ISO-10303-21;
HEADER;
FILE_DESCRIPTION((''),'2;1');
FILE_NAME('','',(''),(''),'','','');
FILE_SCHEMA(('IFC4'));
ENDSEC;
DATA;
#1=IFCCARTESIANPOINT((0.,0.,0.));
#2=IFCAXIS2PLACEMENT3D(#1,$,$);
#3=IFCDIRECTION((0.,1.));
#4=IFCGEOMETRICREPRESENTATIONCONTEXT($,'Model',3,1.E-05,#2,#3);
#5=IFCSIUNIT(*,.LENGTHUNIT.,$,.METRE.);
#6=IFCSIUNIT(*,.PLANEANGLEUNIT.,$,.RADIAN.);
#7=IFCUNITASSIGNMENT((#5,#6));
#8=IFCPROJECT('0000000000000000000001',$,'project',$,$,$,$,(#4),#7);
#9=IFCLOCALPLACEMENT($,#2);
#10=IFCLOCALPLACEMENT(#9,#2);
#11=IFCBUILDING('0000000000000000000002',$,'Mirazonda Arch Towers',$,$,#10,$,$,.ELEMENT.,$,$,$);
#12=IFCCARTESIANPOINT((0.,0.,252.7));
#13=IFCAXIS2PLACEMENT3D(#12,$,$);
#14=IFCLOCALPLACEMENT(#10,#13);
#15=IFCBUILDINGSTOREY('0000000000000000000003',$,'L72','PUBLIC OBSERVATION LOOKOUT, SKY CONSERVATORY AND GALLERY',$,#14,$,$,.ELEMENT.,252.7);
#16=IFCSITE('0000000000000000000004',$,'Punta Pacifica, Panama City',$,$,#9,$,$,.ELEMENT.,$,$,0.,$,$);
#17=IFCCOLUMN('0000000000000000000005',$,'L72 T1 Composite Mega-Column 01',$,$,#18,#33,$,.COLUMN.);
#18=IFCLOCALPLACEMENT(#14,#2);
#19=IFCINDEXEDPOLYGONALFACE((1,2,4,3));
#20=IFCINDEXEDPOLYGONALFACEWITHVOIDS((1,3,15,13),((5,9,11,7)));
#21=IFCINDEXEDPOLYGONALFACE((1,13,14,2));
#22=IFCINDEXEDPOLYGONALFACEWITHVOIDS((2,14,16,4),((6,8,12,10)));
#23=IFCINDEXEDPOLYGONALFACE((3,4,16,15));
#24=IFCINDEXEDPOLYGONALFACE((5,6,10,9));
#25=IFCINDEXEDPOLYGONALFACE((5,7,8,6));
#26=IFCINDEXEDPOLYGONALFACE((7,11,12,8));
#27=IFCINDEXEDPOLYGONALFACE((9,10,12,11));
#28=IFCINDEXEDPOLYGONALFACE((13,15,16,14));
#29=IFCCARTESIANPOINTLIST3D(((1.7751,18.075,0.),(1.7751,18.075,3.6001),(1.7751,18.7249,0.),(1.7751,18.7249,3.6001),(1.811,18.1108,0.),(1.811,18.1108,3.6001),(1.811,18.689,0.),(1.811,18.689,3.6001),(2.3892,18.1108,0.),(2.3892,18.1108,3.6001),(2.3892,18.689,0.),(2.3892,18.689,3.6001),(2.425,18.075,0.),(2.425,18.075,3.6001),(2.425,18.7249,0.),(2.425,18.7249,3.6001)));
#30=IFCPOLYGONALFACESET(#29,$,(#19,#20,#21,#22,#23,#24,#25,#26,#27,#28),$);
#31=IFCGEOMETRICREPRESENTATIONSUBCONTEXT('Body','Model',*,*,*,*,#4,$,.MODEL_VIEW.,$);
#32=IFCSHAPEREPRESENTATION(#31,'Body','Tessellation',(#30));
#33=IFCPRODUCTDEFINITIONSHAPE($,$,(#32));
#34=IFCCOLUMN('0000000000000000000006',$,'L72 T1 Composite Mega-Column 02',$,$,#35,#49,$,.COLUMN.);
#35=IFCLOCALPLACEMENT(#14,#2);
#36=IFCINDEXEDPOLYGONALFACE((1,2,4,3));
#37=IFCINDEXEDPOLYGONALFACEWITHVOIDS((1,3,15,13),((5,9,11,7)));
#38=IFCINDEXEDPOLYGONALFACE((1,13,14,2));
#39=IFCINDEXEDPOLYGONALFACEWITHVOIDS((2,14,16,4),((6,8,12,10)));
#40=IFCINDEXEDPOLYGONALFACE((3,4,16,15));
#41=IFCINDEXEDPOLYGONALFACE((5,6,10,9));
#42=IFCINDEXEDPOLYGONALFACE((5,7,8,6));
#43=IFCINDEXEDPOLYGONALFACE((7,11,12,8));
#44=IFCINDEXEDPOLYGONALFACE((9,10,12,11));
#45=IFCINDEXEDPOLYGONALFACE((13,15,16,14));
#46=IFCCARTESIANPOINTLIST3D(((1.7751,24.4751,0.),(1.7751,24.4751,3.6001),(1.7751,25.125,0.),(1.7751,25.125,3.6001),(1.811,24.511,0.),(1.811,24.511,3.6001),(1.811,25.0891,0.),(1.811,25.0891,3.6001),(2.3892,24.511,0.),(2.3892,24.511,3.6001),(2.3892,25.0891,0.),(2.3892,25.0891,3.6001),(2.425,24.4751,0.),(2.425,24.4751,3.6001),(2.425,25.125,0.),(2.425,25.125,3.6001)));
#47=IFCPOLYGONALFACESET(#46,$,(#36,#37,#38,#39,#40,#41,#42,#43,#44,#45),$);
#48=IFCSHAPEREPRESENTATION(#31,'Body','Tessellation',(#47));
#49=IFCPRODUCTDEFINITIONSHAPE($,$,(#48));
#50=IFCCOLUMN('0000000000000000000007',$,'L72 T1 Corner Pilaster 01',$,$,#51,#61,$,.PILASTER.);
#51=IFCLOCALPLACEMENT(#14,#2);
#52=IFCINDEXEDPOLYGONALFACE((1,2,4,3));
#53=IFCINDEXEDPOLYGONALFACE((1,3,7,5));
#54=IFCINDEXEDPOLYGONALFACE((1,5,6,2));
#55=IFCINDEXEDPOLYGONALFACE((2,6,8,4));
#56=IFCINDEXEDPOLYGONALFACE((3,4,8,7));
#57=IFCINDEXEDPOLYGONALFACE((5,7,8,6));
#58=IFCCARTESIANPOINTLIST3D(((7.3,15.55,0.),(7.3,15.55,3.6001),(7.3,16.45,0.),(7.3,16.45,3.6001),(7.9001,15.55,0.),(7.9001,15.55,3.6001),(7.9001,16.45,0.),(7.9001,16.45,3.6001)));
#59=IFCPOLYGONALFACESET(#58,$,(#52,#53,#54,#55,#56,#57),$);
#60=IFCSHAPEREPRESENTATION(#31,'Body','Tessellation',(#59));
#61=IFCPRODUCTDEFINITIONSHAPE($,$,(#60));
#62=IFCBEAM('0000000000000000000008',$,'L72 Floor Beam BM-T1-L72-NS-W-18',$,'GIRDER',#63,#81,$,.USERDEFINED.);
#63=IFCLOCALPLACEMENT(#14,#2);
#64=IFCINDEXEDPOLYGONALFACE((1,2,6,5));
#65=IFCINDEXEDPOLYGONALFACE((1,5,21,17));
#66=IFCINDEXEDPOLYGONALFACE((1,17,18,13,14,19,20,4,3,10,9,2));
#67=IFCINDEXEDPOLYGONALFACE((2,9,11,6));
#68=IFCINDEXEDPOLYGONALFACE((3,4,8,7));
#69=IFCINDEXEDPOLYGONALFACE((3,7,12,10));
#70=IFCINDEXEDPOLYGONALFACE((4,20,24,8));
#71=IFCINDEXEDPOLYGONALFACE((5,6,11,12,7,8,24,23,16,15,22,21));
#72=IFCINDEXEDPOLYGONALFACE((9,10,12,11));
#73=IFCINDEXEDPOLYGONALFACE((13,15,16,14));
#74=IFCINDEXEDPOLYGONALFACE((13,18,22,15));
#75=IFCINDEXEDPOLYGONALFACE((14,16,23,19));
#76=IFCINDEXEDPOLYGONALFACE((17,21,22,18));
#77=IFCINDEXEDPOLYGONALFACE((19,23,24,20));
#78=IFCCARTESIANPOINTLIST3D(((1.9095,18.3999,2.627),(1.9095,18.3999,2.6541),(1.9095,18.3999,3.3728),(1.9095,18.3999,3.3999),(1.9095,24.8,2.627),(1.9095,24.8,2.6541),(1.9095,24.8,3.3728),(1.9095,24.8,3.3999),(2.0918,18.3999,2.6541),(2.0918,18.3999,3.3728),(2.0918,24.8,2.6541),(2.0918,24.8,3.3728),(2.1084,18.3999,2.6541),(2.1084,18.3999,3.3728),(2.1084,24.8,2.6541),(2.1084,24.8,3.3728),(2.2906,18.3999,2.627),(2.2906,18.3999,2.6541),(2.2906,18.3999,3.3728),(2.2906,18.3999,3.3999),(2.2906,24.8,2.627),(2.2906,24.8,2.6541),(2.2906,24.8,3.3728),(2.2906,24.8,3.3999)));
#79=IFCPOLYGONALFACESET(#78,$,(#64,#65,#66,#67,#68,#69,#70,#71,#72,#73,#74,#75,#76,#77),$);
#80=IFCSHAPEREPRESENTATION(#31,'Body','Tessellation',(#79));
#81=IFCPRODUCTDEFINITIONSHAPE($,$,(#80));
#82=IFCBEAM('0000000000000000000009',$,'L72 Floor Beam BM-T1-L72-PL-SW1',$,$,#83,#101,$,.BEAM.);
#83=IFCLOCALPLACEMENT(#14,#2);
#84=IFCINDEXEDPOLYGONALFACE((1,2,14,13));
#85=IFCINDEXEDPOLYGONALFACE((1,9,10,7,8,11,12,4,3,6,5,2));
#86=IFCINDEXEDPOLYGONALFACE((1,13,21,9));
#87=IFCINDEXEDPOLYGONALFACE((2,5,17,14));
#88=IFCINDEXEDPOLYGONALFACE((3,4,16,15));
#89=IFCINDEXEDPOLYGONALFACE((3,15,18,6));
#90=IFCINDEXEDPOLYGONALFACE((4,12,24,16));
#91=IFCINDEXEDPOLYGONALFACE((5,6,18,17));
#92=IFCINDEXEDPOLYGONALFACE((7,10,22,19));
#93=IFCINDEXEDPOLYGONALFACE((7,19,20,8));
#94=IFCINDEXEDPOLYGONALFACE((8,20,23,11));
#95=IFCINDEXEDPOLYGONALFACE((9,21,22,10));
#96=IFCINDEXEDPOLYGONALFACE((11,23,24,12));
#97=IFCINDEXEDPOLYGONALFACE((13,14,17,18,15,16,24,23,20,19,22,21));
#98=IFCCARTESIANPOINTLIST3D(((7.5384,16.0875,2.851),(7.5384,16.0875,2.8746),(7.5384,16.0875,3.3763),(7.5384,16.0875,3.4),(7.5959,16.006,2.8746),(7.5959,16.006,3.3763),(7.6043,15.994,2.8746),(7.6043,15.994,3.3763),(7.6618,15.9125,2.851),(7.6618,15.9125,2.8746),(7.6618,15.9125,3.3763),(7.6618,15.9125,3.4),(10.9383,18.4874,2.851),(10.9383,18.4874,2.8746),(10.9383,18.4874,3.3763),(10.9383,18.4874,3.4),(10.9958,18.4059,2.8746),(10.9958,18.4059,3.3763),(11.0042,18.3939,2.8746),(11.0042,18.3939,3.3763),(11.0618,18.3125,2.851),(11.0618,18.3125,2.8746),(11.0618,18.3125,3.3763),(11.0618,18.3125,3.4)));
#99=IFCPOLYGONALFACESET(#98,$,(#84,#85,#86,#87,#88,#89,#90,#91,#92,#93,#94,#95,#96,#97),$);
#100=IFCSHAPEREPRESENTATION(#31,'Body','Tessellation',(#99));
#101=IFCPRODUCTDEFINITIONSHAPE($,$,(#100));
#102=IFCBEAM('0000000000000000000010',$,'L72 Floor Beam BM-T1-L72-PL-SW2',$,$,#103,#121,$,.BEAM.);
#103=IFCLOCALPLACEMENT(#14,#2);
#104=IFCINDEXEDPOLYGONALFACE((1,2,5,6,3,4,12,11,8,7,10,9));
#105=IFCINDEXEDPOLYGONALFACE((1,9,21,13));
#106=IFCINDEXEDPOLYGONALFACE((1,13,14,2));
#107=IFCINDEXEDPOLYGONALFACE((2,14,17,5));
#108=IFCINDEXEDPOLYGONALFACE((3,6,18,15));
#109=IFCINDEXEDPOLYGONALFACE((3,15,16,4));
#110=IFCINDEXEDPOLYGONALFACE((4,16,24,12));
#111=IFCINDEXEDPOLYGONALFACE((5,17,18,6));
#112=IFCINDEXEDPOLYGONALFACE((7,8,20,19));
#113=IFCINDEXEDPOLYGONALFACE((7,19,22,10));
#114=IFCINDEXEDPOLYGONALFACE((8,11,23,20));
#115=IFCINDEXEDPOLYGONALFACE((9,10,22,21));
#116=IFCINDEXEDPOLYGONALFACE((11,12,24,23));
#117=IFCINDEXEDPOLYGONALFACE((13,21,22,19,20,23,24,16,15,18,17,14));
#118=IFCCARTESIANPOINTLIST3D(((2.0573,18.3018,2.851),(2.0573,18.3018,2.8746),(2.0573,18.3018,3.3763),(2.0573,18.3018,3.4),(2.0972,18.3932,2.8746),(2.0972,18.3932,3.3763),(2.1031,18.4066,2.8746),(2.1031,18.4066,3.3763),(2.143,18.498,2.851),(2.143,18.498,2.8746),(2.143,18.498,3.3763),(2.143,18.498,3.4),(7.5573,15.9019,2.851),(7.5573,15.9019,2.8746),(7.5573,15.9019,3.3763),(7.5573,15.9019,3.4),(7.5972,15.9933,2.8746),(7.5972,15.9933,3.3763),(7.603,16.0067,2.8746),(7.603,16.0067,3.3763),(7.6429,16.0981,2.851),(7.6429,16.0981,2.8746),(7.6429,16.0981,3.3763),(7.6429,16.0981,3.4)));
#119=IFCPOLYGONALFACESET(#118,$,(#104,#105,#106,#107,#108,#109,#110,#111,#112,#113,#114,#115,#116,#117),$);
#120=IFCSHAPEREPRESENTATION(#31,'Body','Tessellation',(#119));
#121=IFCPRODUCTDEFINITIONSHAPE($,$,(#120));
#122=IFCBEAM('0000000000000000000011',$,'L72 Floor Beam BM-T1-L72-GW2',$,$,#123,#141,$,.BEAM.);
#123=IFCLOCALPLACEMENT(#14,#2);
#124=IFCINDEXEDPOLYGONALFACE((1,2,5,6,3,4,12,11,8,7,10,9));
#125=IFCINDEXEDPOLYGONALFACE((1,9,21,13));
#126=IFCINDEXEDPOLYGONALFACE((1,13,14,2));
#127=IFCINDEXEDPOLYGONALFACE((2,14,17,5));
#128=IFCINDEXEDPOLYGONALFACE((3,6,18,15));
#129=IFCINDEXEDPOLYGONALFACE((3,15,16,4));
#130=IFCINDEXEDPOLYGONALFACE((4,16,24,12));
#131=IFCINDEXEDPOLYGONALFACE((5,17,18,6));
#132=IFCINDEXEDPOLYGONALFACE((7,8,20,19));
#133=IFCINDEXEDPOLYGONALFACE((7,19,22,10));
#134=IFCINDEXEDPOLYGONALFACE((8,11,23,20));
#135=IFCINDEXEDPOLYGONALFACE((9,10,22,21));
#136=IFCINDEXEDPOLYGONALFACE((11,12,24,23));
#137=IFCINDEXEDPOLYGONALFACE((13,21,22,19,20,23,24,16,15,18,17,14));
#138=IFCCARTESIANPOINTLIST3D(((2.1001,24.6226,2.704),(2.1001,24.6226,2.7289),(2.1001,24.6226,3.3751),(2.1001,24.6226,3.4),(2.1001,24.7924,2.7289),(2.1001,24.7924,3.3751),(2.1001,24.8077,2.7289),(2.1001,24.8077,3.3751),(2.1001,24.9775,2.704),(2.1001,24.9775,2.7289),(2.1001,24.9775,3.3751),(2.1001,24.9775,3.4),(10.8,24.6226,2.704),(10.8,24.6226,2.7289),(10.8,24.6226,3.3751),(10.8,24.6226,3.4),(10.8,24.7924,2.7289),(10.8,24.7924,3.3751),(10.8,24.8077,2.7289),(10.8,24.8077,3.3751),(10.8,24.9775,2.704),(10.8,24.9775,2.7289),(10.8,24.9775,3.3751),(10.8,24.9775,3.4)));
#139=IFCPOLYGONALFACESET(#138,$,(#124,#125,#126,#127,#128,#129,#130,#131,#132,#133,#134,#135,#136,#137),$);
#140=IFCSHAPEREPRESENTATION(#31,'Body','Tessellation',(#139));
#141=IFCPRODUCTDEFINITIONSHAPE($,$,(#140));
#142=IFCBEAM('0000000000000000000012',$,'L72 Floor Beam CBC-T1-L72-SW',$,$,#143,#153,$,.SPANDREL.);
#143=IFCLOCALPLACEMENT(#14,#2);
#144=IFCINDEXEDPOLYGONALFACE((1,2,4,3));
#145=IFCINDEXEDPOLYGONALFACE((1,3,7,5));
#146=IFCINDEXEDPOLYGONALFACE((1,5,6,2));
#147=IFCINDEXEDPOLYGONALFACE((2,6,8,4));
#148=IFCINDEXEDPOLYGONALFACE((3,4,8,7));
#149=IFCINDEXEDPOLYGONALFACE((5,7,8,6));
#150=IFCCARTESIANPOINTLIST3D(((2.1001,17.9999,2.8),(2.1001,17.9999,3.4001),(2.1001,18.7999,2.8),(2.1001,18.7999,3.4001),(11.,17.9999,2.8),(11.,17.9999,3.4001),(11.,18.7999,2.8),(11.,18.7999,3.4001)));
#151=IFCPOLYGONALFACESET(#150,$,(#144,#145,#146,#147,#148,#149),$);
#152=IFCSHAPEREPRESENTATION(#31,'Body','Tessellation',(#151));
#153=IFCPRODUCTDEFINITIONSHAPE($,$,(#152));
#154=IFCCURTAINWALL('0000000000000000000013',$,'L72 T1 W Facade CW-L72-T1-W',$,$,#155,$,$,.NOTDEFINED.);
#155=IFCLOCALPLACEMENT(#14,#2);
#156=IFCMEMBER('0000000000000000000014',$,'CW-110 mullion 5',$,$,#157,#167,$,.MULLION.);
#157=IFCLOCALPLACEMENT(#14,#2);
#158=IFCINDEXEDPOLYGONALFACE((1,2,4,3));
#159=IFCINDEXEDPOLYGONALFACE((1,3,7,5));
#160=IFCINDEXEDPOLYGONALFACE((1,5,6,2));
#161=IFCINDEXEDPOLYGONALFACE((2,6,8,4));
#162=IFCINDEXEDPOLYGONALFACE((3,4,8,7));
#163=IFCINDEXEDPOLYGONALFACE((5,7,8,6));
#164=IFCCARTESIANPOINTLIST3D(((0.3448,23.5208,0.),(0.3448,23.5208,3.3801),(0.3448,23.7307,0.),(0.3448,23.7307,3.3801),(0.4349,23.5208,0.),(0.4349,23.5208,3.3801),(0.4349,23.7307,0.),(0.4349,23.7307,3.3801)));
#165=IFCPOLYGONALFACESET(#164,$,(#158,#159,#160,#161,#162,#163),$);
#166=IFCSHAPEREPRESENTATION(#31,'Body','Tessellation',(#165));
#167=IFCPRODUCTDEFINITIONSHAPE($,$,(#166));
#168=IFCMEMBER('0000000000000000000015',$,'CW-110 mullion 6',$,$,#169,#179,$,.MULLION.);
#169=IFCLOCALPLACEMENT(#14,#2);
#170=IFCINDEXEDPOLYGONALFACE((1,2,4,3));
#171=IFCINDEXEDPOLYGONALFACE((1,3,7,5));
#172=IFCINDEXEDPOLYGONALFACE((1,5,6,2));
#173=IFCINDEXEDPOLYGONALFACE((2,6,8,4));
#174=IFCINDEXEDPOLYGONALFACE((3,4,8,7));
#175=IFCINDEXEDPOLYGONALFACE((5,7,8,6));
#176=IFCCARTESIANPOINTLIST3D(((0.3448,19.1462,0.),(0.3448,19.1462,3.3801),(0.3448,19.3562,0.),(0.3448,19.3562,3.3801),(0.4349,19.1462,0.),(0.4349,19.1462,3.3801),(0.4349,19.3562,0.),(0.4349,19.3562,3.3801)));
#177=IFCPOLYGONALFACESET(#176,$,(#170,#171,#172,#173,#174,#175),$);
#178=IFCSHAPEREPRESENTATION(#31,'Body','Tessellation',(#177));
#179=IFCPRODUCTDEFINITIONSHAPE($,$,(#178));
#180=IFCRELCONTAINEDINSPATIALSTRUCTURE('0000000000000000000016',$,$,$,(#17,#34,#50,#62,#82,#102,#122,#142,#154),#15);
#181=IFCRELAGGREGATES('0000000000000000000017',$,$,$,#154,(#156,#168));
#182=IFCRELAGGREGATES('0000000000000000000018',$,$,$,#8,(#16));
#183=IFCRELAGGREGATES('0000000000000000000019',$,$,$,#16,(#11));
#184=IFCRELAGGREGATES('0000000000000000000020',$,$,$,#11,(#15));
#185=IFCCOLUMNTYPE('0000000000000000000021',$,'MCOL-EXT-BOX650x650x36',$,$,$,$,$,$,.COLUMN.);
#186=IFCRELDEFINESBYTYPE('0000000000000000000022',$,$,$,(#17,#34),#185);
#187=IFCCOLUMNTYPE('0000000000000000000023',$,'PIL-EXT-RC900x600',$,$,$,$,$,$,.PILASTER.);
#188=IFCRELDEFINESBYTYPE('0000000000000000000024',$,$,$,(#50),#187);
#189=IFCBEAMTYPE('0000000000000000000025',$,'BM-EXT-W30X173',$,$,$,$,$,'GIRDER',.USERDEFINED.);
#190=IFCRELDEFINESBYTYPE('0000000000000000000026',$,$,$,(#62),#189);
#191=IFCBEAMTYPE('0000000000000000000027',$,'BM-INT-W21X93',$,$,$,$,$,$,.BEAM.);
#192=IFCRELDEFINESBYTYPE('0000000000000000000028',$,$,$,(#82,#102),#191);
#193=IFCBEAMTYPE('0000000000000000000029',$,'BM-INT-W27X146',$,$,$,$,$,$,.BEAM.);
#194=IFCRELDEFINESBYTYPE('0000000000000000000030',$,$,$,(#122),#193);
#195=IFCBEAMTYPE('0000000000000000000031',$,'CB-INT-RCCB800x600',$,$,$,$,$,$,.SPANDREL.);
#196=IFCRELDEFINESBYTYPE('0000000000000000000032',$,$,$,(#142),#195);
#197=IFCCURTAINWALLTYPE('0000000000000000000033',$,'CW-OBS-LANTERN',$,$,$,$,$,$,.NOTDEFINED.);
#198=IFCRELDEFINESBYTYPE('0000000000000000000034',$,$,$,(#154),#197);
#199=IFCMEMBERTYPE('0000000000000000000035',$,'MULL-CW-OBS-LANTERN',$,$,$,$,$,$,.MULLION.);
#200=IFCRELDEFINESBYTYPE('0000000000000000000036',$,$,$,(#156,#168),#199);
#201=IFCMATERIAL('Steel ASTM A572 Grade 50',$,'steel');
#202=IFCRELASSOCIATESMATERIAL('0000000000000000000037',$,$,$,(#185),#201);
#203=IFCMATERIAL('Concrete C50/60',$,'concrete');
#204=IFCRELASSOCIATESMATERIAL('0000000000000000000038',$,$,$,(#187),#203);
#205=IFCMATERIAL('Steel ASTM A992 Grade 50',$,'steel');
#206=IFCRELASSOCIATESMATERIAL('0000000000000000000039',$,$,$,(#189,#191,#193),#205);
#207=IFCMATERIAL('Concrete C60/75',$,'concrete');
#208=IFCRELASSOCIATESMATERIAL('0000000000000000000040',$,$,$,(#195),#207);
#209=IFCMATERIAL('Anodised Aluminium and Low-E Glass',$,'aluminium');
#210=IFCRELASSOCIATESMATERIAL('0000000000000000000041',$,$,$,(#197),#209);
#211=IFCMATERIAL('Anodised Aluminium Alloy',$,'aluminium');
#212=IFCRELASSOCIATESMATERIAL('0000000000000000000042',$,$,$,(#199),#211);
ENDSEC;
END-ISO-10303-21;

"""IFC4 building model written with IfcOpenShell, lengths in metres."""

from ifc_helpers import new_model, si_unit, direction, frame, origin, origin_2d, place, context, subcontext, project, spatial, rectangle, hollow_rectangle, i_section, extrude, material, material_profile, profile_set, type_object, element, aggregate, save


model = new_model("IFC4")

# Units and contexts
model_context = context("Model", 3, precision=1e-05, world=origin(), true_north=direction((0.0, 1.0)))
body_context = subcontext(model_context, "Body", "Model", "MODEL_VIEW")
ifc_project = project(units=[si_unit("LENGTHUNIT", "METRE"), si_unit("PLANEANGLEUNIT", "RADIAN")], contexts=[model_context])

# Site, building, storey
site_placement = place(None, origin())
site = spatial("IfcSite", under=ifc_project, at=site_placement, Name="Punta Pacifica, Panama City", CompositionType="ELEMENT", RefElevation=0.0)
building_placement = place(site_placement, origin())
building = spatial("IfcBuilding", under=site, at=building_placement, Name="Mirazonda Arch Towers", CompositionType="ELEMENT")
storey_placement = place(building_placement, frame((0.0, 0.0, 252.7)))
storey = spatial("IfcBuildingStorey", under=building, at=storey_placement, Name="L72", Description="PUBLIC OBSERVATION LOOKOUT, SKY CONSERVATORY AND GALLERY", CompositionType="ELEMENT", Elevation=252.7)

# Columns
ifc_material_1 = material(Name="Steel ASTM A572 Grade 50", Category="steel")
ifc_material_profile_1 = material_profile(ifc_material_1, hollow_rectangle(XDim=0.6499, YDim=0.6499, WallThickness=0.0359, at=origin_2d()), Name="BOX650x650x36")
ifc_profile_set_1 = profile_set([ifc_material_profile_1], Name="Steel ASTM A572 Grade 50")
column_type_1 = type_object("IfcColumnType", Name="MCOL-EXT-BOX650x650x36", PredefinedType="COLUMN", material=ifc_profile_set_1)
for number, where, z_axis, x_axis, name in (
    (1, (2.1001, 18.3999, 0.0), (0.0, 0.0, 1.0), (1.0, 0.0, 0.0), "L72 T1 Composite Mega-Column 01"),
    (2, (2.1001, 24.8, 0.0), (0.0, 0.0, 1.0), (1.0, 0.0, 0.0), "L72 T1 Composite Mega-Column 02"),
):
    element("IfcColumn", number, at=place(storey_placement, frame(where, z_axis=z_axis, x_axis=x_axis)), inside=storey, type_object=column_type_1, Name=name, PredefinedType="COLUMN", context=body_context, shape_type="SweptSolid", body=[
        extrude(hollow_rectangle(XDim=0.6499, YDim=0.6499, WallThickness=0.0359, at=origin_2d()), origin(), (0.0, 0.0, 1.0), 3.6001),
    ])
ifc_material_2 = material(Name="Concrete C50/60", Category="concrete")
ifc_material_profile_2 = material_profile(ifc_material_2, rectangle(XDim=0.6001, YDim=0.8999, at=origin_2d()), Name="RC900x600")
ifc_profile_set_2 = profile_set([ifc_material_profile_2], Name="Concrete C50/60")
column_type_2 = type_object("IfcColumnType", Name="PIL-EXT-RC900x600", PredefinedType="PILASTER", material=ifc_profile_set_2)
column_placement = place(storey_placement, frame((7.6001, 16.0, 0.0), z_axis=(0.0, 0.0, 1.0), x_axis=(1.0, 0.0, 0.0)))
element("IfcColumn", 3, at=column_placement, inside=storey, type_object=column_type_2, Name="L72 T1 Corner Pilaster 01", PredefinedType="PILASTER", context=body_context, shape_type="SweptSolid", body=[
    extrude(rectangle(XDim=0.6001, YDim=0.8999, at=origin_2d()), origin(), (0.0, 0.0, 1.0), 3.6001),
])

# Beams
ifc_material_3 = material(Name="Steel ASTM A992 Grade 50", Category="steel")
ifc_material_profile_3 = material_profile(ifc_material_3, i_section(OverallWidth=0.3811, OverallDepth=0.7729, WebThickness=0.0166, FlangeThickness=0.0271, at=origin_2d()), Name="W30X173")
ifc_profile_set_3 = profile_set([ifc_material_profile_3], Name="Steel ASTM A992 Grade 50")
beam_type_1 = type_object("IfcBeamType", Name="BM-EXT-W30X173", ElementType="GIRDER", PredefinedType="USERDEFINED", material=ifc_profile_set_3)
beam_1_placement = place(storey_placement, frame((2.1001, 18.3999, 3.0134), z_axis=(0.0, 1.0, 0.0), x_axis=(-1.0, 0.0, 0.0)))
element("IfcBeam", 4, at=beam_1_placement, inside=storey, type_object=beam_type_1, Name="L72 Floor Beam BM-T1-L72-NS-W-18", ObjectType="GIRDER", PredefinedType="USERDEFINED", context=body_context, shape_type="SweptSolid", body=[
    extrude(i_section(OverallWidth=0.3811, OverallDepth=0.7729, WebThickness=0.0166, FlangeThickness=0.0271, at=origin_2d()), origin(), (0.0, 0.0, 1.0), 6.4001),
])
ifc_material_profile_4 = material_profile(ifc_material_3, i_section(OverallWidth=0.2141, OverallDepth=0.5491, WebThickness=0.0146, FlangeThickness=0.0237, at=origin_2d()), Name="W21X93")
ifc_profile_set_4 = profile_set([ifc_material_profile_4], Name="Steel ASTM A992 Grade 50")
beam_type_2 = type_object("IfcBeamType", Name="BM-INT-W21X93", PredefinedType="BEAM", material=ifc_profile_set_4)
beam_2_placement = place(storey_placement, frame((7.6001, 16.0, 3.1255), z_axis=(0.816971, 0.576679, 0.0), x_axis=(-0.576679, 0.816971, 0.0)))
element("IfcBeam", 5, at=beam_2_placement, inside=storey, type_object=beam_type_2, Name="L72 Floor Beam BM-T1-L72-PL-SW1", PredefinedType="BEAM", context=body_context, shape_type="SweptSolid", body=[
    extrude(i_section(OverallWidth=0.2141, OverallDepth=0.5491, WebThickness=0.0146, FlangeThickness=0.0237, at=origin_2d()), origin(), (0.0, 0.0, 1.0), 4.1616),
])
beam_3_placement = place(storey_placement, frame((7.6001, 16.0, 3.1255), z_axis=(-0.916545, 0.399931, 0.0), x_axis=(-0.399931, -0.916545, 0.0)))
element("IfcBeam", 6, at=beam_3_placement, inside=storey, type_object=beam_type_2, Name="L72 Floor Beam BM-T1-L72-PL-SW2", PredefinedType="BEAM", context=body_context, shape_type="SweptSolid", body=[
    extrude(i_section(OverallWidth=0.2141, OverallDepth=0.5491, WebThickness=0.0146, FlangeThickness=0.0237, at=origin_2d()), origin(), (0.0, 0.0, 1.0), 6.0007),
])
ifc_material_profile_5 = material_profile(ifc_material_3, i_section(OverallWidth=0.355, OverallDepth=0.696, WebThickness=0.0154, FlangeThickness=0.0249, at=origin_2d()), Name="W27X146")
ifc_profile_set_5 = profile_set([ifc_material_profile_5], Name="Steel ASTM A992 Grade 50")
beam_type_3 = type_object("IfcBeamType", Name="BM-INT-W27X146", PredefinedType="BEAM", material=ifc_profile_set_5)
beam_4_placement = place(storey_placement, frame((2.1001, 24.8, 3.052), z_axis=(1.0, 0.0, 0.0), x_axis=(0.0, 1.0, 0.0)))
element("IfcBeam", 7, at=beam_4_placement, inside=storey, type_object=beam_type_3, Name="L72 Floor Beam BM-T1-L72-GW2", PredefinedType="BEAM", context=body_context, shape_type="SweptSolid", body=[
    extrude(i_section(OverallWidth=0.355, OverallDepth=0.696, WebThickness=0.0154, FlangeThickness=0.0249, at=origin_2d()), origin(), (0.0, 0.0, 1.0), 8.7),
])
ifc_material_4 = material(Name="Concrete C60/75", Category="concrete")
ifc_material_profile_6 = material_profile(ifc_material_4, rectangle(XDim=0.8, YDim=0.6001, at=origin_2d()), Name="RCCB800x600")
ifc_profile_set_6 = profile_set([ifc_material_profile_6], Name="Concrete C60/75")
beam_type_4 = type_object("IfcBeamType", Name="CB-INT-RCCB800x600", PredefinedType="SPANDREL", material=ifc_profile_set_6)
beam_5_placement = place(storey_placement, frame((2.1001, 18.3999, 3.1001), z_axis=(1.0, 0.0, 0.0), x_axis=(0.0, 1.0, 0.0)))
element("IfcBeam", 8, at=beam_5_placement, inside=storey, type_object=beam_type_4, Name="L72 Floor Beam CBC-T1-L72-SW", PredefinedType="SPANDREL", context=body_context, shape_type="SweptSolid", body=[
    extrude(rectangle(XDim=0.8, YDim=0.6001, at=origin_2d()), origin(), (0.0, 0.0, 1.0), 8.8999),
])

# Curtain wall, members
ifc_material_5 = material(Name="Anodised Aluminium and Low-E Glass", Category="aluminium")
curtain_wall_type = type_object("IfcCurtainWallType", Name="CW-OBS-LANTERN", PredefinedType="NOTDEFINED", material=ifc_material_5)
curtain_wall_placement = place(storey_placement, origin())
curtain_wall = element("IfcCurtainWall", 9, at=curtain_wall_placement, inside=storey, type_object=curtain_wall_type, Name="L72 T1 W Facade CW-L72-T1-W", PredefinedType="NOTDEFINED")
ifc_material_6 = material(Name="Anodised Aluminium Alloy", Category="aluminium")
ifc_material_profile_7 = material_profile(ifc_material_6, rectangle(XDim=0.0901, YDim=0.21, at=origin_2d()), Name="ALU-MULL-90x210")
ifc_profile_set_7 = profile_set([ifc_material_profile_7], Name="Anodised Aluminium Alloy")
member_type_1 = type_object("IfcMemberType", Name="MULL-CW-OBS-LANTERN", PredefinedType="MULLION", material=ifc_profile_set_7)
member_1_placement = place(storey_placement, frame((0.3899, 23.6257, 0.0), z_axis=(0.0, 0.0, 1.0), x_axis=(1.0, 0.0, 0.0)))
member_1 = element("IfcMember", 10, at=member_1_placement, type_object=member_type_1, Name="CW-110 mullion 5", PredefinedType="MULLION", context=body_context, shape_type="SweptSolid", body=[
    extrude(rectangle(XDim=0.0901, YDim=0.21, at=origin_2d()), origin(), (0.0, 0.0, 1.0), 3.3801),
])
member_2_placement = place(storey_placement, frame((0.3899, 19.2512, 0.0), z_axis=(0.0, 0.0, 1.0), x_axis=(1.0, 0.0, 0.0)))
member_2 = element("IfcMember", 11, at=member_2_placement, type_object=member_type_1, Name="CW-110 mullion 6", PredefinedType="MULLION", context=body_context, shape_type="SweptSolid", body=[
    extrude(rectangle(XDim=0.0901, YDim=0.21, at=origin_2d()), origin(), (0.0, 0.0, 1.0), 3.3801),
])
aggregate(curtain_wall, [member_1, member_2])

save(model, "model.ifc")
